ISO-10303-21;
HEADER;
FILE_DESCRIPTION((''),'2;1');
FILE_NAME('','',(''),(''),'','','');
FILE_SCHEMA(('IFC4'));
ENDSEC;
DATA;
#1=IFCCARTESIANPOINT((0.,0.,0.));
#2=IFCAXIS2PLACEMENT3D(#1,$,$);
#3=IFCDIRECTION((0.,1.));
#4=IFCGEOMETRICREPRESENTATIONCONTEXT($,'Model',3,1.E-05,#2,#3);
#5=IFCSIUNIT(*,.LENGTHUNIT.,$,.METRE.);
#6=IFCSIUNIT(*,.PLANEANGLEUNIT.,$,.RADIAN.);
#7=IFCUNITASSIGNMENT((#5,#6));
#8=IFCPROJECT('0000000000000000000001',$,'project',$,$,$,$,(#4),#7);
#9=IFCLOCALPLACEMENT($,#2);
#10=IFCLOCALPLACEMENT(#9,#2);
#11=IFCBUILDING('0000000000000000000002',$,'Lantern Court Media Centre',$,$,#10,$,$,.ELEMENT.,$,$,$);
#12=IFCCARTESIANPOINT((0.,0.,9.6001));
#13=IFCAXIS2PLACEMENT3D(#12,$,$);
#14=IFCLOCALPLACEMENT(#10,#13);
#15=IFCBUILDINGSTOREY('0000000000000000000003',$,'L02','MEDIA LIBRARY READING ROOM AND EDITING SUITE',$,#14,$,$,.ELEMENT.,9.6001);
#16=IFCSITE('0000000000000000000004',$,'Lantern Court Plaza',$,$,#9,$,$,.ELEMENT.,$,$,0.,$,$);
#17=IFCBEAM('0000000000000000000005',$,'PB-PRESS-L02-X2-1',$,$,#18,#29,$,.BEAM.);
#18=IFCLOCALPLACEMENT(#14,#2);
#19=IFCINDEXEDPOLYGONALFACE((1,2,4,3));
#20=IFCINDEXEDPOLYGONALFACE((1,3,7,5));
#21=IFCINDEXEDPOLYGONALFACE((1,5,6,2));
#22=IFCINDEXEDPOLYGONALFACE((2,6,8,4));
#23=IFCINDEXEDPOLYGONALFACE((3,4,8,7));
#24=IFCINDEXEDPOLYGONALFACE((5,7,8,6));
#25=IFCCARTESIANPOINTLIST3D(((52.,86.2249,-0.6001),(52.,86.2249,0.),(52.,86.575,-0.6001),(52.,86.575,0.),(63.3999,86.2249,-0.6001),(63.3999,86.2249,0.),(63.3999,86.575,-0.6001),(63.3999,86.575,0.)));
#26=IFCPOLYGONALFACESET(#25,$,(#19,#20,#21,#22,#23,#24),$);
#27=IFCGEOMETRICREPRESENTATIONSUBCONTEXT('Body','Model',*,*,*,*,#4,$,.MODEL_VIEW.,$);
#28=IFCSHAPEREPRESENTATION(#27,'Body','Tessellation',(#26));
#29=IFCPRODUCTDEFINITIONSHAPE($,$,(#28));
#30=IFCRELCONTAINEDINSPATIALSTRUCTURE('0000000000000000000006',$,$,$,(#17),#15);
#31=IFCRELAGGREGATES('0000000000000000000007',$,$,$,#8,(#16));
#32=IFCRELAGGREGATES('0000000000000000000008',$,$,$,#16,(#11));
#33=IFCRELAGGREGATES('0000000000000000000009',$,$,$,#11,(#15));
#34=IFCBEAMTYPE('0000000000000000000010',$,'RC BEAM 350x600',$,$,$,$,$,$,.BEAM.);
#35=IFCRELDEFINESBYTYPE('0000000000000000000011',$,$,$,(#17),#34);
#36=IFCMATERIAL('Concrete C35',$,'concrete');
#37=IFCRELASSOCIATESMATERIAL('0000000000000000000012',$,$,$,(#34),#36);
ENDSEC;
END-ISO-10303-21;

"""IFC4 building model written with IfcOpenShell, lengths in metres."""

from ifc_helpers import new_model, si_unit, direction, frame, origin, origin_2d, place, context, subcontext, project, spatial, rectangle, extrude, material, material_profile, profile_set, type_object, element, save


model = new_model("IFC4")

# Units and contexts
model_context = context("Model", 3, precision=1e-05, world=origin(), true_north=direction((0.0, 1.0)))
body_context = subcontext(model_context, "Body", "Model", "MODEL_VIEW")
ifc_project = project(units=[si_unit("LENGTHUNIT", "METRE"), si_unit("PLANEANGLEUNIT", "RADIAN")], contexts=[model_context])

# Site, building, storey
site_placement = place(None, origin())
site = spatial("IfcSite", under=ifc_project, at=site_placement, Name="Lantern Court Plaza", CompositionType="ELEMENT", RefElevation=0.0)
building_placement = place(site_placement, origin())
building = spatial("IfcBuilding", under=site, at=building_placement, Name="Lantern Court Media Centre", CompositionType="ELEMENT")
storey_placement = place(building_placement, frame((0.0, 0.0, 9.6001)))
storey = spatial("IfcBuildingStorey", under=building, at=storey_placement, Name="L02", Description="MEDIA LIBRARY READING ROOM AND EDITING SUITE", CompositionType="ELEMENT", Elevation=9.6001)

# Beam
ifc_material_1 = material(Name="Concrete C35", Category="concrete")
ifc_material_profile_1 = material_profile(ifc_material_1, rectangle(XDim=0.3501, YDim=0.6001, at=origin_2d()), Name="RC 350x600")
ifc_profile_set_1 = profile_set([ifc_material_profile_1], Name="Concrete C35")
beam_type_1 = type_object("IfcBeamType", Name="RC BEAM 350x600", PredefinedType="BEAM", material=ifc_profile_set_1)
beam_1_placement = place(storey_placement, frame((52.0, 86.3999, -0.3), z_axis=(1.0, 0.0, 0.0), x_axis=(0.0, 1.0, 0.0)))
element("IfcBeam", 1, at=beam_1_placement, inside=storey, type_object=beam_type_1, Name="PB-PRESS-L02-X2-1", PredefinedType="BEAM", context=body_context, shape_type="SweptSolid", body=[
    extrude(rectangle(XDim=0.3501, YDim=0.6001, at=origin_2d()), origin(), (0.0, 0.0, 1.0), 11.3999),
])

save(model, "model.ifc")
